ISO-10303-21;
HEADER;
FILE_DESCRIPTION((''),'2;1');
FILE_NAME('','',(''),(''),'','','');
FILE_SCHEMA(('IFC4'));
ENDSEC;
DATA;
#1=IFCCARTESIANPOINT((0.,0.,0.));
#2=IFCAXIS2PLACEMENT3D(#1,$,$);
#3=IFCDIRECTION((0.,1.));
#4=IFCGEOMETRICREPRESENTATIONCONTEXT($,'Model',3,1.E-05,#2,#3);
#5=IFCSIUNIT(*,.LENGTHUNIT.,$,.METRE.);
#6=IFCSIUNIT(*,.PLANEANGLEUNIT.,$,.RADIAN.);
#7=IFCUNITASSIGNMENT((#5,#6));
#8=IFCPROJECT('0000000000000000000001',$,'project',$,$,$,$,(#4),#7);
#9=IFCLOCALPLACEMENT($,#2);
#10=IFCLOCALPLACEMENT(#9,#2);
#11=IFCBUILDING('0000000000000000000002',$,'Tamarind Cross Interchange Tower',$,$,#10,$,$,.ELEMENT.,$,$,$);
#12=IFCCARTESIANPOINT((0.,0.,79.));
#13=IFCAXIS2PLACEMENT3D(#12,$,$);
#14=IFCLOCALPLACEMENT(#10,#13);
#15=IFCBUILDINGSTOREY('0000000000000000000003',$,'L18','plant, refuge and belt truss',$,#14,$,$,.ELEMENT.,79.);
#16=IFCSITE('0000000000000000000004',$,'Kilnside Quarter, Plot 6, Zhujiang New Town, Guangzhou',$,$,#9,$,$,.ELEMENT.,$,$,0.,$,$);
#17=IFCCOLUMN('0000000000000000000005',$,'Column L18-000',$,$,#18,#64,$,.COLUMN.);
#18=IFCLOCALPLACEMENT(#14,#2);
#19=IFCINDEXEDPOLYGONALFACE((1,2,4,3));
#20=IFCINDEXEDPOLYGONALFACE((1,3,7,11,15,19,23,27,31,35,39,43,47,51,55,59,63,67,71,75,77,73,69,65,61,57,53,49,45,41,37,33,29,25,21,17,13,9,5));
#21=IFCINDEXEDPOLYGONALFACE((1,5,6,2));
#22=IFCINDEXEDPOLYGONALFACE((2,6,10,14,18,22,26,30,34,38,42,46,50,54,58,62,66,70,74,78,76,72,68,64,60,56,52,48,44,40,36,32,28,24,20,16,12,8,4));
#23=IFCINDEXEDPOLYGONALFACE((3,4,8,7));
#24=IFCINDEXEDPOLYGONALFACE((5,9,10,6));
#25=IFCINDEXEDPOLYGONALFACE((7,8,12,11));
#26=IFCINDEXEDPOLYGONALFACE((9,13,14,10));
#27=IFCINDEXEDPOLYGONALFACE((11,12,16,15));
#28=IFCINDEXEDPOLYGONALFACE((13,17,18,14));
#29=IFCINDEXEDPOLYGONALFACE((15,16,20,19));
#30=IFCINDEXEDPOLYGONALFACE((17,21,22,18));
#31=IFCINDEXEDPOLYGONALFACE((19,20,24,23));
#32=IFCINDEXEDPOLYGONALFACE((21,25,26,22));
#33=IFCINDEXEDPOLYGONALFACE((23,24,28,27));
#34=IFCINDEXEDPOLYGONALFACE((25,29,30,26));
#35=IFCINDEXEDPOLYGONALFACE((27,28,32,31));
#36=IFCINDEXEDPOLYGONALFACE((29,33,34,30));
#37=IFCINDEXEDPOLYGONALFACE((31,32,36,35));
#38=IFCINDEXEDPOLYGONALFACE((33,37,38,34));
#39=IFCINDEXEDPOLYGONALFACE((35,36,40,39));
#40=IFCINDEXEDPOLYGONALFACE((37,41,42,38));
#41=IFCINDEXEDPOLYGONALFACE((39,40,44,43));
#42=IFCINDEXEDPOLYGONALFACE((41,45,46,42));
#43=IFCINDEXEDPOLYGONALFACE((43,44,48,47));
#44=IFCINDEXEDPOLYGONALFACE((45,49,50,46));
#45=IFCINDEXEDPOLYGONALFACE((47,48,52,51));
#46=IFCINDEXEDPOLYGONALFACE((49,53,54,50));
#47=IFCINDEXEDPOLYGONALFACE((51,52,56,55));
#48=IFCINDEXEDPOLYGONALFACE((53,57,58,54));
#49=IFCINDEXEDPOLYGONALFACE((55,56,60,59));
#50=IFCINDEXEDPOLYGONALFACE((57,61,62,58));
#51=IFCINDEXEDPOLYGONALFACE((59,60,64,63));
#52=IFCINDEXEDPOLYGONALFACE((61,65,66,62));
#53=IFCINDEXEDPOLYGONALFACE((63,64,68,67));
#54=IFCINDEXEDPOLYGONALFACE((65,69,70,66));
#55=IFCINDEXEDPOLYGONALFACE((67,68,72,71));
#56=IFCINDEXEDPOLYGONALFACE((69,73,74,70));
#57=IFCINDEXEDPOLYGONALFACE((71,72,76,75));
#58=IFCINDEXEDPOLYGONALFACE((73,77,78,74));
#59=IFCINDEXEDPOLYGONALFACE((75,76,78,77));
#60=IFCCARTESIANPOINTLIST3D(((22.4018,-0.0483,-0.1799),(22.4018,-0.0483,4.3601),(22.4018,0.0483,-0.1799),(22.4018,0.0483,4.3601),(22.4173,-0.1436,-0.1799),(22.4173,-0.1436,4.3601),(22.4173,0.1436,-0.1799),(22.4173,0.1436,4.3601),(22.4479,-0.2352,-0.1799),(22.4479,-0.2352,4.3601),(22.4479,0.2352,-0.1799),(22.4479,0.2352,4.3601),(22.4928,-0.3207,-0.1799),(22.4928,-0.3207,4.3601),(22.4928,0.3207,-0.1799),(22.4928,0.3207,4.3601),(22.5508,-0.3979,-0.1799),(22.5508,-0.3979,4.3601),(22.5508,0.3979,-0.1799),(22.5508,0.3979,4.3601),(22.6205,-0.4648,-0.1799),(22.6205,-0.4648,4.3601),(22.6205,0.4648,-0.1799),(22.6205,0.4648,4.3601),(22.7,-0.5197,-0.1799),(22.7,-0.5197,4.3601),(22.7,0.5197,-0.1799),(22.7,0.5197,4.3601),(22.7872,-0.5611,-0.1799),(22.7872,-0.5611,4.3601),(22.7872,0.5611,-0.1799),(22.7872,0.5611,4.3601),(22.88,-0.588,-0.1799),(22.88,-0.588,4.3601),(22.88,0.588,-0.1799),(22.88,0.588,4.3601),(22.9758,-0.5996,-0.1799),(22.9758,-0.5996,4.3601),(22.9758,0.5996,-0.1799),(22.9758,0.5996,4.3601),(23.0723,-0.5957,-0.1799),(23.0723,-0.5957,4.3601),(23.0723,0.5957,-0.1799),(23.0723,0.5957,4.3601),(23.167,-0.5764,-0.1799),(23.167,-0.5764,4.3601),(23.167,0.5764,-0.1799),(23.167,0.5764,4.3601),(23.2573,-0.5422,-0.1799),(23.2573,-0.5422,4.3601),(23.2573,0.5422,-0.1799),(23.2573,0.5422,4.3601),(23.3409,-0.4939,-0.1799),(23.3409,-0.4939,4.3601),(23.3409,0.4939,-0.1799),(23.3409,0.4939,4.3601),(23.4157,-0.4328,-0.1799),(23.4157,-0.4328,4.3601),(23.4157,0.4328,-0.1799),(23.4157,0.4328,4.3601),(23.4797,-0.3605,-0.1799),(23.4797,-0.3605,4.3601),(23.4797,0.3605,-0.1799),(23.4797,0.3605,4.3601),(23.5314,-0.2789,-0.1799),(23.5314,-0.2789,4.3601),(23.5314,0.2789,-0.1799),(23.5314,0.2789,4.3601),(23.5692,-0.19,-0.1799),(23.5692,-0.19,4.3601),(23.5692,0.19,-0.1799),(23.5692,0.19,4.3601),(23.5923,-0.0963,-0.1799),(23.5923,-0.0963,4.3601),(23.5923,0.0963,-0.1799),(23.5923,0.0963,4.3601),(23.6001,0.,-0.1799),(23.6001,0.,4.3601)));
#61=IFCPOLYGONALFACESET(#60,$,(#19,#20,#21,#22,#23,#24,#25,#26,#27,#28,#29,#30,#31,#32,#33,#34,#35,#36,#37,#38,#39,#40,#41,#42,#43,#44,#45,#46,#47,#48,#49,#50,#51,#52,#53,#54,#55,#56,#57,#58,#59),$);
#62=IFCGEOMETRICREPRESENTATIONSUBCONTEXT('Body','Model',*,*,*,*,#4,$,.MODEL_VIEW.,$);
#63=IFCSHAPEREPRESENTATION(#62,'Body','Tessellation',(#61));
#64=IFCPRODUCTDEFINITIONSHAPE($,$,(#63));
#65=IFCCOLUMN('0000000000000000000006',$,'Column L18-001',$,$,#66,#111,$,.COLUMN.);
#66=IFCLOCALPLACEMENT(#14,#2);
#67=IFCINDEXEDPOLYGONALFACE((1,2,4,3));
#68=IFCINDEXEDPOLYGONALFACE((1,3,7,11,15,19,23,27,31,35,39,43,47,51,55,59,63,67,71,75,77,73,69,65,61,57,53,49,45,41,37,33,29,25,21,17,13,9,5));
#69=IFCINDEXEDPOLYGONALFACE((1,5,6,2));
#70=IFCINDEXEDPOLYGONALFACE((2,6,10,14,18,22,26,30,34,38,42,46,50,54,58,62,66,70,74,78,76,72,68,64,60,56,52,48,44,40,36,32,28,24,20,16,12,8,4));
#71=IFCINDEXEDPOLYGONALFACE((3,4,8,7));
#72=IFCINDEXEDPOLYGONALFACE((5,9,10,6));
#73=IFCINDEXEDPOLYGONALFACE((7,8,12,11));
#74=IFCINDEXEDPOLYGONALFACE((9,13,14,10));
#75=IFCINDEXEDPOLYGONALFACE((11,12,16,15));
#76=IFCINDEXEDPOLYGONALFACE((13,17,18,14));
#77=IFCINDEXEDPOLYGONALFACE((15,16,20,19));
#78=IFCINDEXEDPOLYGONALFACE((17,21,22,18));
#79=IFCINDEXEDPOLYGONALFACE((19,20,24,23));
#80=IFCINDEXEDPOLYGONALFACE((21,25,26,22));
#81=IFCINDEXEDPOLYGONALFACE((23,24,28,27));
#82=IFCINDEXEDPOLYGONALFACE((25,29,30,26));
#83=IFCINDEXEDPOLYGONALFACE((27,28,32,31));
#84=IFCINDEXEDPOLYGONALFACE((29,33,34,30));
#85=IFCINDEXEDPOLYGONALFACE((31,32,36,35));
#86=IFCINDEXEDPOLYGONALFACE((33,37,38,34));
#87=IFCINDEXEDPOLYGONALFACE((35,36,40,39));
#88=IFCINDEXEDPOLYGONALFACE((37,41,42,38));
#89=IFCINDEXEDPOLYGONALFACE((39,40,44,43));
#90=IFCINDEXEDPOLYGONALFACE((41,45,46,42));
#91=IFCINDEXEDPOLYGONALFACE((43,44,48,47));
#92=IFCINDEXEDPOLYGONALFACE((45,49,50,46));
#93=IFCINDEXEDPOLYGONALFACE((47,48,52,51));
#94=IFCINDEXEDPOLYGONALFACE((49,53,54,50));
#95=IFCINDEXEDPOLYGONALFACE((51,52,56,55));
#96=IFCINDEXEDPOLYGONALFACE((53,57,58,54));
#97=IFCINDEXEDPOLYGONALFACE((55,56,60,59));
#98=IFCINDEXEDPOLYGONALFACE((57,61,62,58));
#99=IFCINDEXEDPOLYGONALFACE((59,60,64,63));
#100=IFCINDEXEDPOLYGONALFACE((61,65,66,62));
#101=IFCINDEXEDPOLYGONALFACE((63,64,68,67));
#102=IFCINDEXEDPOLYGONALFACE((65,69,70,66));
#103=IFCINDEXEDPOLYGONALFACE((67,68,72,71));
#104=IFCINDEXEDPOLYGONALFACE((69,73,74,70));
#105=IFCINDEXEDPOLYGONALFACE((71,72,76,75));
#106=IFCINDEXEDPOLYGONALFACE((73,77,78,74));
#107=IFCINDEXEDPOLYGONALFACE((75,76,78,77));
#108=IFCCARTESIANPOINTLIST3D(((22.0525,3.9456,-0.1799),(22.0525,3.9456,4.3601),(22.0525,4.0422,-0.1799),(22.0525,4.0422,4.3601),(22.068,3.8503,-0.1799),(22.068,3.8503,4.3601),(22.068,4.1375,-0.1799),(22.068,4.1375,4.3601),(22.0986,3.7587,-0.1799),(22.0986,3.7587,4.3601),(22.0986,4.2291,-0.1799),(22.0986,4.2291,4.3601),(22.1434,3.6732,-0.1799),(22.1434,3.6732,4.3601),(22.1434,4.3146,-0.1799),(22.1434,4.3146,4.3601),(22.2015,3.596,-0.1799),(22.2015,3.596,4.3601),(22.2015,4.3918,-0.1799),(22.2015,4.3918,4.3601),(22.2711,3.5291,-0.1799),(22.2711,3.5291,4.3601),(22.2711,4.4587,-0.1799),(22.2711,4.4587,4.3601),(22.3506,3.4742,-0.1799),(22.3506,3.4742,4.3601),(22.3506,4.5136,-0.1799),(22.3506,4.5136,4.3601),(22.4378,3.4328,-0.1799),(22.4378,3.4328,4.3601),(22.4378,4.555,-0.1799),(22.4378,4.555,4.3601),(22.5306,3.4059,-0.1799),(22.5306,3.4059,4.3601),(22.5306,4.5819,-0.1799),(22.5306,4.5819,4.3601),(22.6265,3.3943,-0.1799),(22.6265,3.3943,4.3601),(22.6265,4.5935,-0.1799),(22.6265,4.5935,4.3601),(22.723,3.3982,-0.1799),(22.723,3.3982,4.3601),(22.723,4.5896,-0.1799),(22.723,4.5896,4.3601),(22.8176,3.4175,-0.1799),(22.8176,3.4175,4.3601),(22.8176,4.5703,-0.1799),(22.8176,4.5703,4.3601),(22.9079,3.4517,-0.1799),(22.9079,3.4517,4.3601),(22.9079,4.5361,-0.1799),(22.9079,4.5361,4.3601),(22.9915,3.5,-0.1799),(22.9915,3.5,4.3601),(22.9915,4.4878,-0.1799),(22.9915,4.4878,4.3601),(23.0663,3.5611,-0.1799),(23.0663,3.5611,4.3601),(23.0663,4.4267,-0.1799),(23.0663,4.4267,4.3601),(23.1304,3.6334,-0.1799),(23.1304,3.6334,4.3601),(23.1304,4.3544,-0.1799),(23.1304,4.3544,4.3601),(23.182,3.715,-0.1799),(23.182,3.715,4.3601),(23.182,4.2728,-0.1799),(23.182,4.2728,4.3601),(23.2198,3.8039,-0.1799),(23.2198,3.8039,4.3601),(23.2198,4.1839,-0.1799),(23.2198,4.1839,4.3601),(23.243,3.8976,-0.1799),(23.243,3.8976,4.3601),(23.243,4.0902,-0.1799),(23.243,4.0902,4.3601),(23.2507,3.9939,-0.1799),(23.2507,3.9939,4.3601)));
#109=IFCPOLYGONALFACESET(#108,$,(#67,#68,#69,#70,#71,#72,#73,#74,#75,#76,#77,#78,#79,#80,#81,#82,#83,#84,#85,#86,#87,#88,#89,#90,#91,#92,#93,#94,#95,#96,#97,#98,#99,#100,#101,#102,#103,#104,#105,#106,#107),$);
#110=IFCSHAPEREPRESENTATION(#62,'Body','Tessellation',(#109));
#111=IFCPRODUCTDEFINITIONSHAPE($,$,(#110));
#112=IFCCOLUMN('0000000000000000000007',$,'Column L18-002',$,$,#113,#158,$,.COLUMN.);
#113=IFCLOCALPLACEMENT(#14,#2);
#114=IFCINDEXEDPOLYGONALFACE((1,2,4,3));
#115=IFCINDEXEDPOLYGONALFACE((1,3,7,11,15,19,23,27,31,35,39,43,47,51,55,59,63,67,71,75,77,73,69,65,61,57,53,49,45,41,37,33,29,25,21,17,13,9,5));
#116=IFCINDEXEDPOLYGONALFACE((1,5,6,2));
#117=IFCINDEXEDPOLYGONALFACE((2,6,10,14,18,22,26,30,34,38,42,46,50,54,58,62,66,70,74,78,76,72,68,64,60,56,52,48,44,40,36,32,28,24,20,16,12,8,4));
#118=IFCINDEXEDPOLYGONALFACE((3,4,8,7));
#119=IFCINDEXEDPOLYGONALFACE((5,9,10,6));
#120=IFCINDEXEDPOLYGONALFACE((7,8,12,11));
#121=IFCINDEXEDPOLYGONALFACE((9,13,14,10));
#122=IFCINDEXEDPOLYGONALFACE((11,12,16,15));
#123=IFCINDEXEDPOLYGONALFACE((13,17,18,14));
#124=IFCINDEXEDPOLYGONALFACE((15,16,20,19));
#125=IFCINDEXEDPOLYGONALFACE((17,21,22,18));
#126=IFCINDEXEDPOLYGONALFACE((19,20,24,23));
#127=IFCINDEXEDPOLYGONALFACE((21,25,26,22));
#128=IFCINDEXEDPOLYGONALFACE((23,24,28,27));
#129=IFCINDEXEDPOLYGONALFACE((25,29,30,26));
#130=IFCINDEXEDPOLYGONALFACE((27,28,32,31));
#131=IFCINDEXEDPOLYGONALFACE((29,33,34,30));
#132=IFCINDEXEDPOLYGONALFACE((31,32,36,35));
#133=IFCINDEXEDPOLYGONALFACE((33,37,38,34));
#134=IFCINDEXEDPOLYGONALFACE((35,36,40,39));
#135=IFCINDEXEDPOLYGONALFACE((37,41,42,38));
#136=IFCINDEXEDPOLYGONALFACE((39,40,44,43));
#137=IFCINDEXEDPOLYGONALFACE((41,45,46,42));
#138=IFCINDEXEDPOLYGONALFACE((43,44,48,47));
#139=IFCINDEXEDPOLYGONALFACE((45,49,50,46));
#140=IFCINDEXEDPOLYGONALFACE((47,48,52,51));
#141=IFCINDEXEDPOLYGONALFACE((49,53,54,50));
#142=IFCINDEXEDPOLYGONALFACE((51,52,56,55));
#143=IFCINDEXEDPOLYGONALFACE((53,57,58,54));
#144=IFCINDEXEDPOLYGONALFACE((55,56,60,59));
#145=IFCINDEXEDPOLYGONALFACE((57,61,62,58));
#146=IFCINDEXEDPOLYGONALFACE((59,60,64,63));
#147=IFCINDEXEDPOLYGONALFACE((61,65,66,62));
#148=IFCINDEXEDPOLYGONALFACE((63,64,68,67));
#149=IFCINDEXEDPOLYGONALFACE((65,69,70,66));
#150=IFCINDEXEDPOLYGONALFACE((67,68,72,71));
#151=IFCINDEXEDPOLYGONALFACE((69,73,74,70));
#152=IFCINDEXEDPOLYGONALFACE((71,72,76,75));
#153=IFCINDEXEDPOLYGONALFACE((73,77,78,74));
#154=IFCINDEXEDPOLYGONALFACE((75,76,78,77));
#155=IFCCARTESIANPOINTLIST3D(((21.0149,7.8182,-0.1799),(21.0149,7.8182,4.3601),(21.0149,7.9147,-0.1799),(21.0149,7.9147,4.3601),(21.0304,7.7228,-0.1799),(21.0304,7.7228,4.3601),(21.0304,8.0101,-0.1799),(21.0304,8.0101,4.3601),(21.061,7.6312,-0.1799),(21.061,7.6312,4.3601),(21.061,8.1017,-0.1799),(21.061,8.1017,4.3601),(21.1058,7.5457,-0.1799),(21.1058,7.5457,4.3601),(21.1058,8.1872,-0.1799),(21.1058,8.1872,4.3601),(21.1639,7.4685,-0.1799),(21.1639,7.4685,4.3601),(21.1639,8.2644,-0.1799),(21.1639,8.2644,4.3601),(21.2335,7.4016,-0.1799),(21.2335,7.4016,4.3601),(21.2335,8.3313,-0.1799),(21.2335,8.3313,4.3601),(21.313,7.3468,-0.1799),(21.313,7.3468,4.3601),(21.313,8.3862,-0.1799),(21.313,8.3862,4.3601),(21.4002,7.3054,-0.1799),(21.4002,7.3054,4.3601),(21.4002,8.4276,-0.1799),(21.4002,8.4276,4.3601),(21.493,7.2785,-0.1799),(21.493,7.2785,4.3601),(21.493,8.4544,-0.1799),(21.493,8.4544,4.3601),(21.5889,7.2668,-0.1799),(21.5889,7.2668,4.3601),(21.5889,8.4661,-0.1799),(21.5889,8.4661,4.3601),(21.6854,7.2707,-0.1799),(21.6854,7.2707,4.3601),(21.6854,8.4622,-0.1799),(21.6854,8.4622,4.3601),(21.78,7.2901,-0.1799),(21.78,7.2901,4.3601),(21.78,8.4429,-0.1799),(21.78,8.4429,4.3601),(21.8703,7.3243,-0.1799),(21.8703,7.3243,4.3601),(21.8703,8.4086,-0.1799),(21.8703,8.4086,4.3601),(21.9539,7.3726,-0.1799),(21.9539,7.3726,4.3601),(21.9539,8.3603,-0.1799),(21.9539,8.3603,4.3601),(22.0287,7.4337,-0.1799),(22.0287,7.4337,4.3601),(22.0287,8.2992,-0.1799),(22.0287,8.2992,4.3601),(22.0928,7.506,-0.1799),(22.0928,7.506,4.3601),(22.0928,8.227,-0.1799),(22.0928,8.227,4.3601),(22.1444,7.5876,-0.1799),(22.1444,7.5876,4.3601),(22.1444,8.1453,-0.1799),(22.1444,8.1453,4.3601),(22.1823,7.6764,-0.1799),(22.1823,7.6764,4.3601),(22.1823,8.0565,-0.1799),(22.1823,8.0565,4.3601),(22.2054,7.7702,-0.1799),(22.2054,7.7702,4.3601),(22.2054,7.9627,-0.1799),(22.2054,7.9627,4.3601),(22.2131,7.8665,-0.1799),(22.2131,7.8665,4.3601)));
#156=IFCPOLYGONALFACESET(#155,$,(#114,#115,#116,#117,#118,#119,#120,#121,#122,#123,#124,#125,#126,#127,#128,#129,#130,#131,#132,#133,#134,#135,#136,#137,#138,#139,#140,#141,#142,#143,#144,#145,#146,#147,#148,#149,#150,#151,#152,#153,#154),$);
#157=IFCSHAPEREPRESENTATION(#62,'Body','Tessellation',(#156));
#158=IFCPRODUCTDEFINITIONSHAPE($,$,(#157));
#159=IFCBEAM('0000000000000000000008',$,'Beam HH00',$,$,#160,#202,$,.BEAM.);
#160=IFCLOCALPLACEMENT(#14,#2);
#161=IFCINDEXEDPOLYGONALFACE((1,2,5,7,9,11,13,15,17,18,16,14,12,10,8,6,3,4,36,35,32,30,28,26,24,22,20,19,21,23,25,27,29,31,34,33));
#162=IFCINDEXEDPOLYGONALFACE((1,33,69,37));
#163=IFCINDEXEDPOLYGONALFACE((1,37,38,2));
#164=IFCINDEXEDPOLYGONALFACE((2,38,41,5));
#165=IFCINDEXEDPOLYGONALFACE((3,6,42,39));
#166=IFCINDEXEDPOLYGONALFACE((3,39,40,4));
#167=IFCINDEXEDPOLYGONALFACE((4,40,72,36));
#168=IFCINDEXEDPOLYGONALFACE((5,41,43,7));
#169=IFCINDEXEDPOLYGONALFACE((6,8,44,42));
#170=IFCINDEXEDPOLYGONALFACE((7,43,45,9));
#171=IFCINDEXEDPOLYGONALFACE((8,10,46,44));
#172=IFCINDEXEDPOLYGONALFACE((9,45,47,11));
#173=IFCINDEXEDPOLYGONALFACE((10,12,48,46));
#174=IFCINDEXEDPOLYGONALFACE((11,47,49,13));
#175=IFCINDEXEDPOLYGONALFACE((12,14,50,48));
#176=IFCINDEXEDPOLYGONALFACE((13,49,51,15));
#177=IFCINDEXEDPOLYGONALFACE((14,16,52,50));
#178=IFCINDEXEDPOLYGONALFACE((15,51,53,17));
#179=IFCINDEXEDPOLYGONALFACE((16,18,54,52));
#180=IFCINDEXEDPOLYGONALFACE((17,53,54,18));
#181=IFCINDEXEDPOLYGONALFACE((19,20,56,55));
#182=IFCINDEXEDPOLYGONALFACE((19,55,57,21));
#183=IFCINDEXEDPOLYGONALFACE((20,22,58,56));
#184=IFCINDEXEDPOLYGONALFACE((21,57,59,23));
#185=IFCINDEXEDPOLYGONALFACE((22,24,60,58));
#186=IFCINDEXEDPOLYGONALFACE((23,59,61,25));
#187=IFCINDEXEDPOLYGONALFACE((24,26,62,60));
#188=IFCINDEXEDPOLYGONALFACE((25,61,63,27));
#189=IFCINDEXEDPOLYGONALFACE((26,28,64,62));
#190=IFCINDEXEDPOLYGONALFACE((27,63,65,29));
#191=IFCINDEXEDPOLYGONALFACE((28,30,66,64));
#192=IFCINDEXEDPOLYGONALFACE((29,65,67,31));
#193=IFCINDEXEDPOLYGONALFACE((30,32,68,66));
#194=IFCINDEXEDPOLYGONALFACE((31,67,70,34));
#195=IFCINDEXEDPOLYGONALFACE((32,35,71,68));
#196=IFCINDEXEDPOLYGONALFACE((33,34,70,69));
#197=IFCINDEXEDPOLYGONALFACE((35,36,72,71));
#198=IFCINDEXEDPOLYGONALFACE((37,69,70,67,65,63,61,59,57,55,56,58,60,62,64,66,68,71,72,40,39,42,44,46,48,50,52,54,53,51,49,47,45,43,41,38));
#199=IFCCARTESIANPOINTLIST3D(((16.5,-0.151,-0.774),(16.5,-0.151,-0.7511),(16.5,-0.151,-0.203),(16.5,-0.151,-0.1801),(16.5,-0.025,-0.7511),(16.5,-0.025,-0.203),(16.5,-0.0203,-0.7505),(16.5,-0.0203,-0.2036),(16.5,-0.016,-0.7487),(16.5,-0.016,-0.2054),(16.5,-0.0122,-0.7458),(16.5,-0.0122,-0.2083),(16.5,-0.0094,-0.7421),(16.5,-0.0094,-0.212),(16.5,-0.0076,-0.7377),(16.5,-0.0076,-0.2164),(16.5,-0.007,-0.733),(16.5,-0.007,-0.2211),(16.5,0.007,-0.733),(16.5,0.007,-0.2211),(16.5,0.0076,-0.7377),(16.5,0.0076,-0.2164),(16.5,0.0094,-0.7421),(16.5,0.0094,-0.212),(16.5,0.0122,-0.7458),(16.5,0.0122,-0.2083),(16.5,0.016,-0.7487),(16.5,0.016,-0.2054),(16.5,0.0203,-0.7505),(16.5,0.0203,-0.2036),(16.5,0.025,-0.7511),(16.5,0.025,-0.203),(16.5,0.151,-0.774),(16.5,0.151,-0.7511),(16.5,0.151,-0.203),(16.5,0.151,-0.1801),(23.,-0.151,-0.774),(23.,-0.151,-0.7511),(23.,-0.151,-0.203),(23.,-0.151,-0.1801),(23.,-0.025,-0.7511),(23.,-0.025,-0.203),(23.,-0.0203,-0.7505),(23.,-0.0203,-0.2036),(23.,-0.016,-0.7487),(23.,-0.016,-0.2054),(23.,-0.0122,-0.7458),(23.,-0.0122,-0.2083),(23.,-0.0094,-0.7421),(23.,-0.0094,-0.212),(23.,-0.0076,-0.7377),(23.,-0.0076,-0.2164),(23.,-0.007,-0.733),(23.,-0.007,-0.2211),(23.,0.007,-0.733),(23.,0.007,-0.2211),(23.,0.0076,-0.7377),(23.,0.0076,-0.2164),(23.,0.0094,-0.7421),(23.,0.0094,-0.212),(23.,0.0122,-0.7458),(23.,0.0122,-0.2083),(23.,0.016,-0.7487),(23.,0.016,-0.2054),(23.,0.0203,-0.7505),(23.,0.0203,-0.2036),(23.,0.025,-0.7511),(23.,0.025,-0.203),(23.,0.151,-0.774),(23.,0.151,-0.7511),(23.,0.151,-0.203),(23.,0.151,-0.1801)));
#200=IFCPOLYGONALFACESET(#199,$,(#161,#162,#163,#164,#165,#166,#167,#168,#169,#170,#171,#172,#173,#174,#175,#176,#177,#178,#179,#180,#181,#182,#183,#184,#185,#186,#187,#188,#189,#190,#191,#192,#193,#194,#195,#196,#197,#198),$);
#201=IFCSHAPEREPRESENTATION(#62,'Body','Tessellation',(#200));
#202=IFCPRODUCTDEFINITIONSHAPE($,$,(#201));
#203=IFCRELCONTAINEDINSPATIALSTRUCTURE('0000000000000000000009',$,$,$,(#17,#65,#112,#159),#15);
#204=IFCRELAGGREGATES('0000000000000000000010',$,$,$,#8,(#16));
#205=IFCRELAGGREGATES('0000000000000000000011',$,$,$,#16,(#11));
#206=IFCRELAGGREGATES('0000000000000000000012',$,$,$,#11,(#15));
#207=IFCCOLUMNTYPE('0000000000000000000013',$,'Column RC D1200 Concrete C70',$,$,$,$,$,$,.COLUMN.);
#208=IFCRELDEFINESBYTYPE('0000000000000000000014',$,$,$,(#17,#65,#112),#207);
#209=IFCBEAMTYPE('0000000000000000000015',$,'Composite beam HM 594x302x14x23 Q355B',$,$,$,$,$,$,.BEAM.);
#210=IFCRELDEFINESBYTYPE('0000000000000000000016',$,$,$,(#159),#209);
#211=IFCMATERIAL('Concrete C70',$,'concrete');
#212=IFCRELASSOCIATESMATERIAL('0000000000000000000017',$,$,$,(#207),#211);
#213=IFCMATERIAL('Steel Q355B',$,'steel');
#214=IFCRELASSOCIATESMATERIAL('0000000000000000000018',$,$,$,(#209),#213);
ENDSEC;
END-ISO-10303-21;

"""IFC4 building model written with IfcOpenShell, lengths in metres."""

from ifc_helpers import new_model, si_unit, direction, frame, origin, origin_2d, place, context, subcontext, project, spatial, circle, i_section, extrude, material, material_profile, profile_set, type_object, element, save


model = new_model("IFC4")

# Units and contexts
model_context = context("Model", 3, precision=1e-05, world=origin(), true_north=direction((0.0, 1.0)))
body_context = subcontext(model_context, "Body", "Model", "MODEL_VIEW")
ifc_project = project(units=[si_unit("LENGTHUNIT", "METRE"), si_unit("PLANEANGLEUNIT", "RADIAN")], contexts=[model_context])

# Site, building, storey
site_placement = place(None, origin())
site = spatial("IfcSite", under=ifc_project, at=site_placement, Name="Kilnside Quarter, Plot 6, Zhujiang New Town, Guangzhou", CompositionType="ELEMENT", RefElevation=0.0)
building_placement = place(site_placement, origin())
building = spatial("IfcBuilding", under=site, at=building_placement, Name="Tamarind Cross Interchange Tower", CompositionType="ELEMENT")
storey_placement = place(building_placement, frame((0.0, 0.0, 79.0)))
storey = spatial("IfcBuildingStorey", under=building, at=storey_placement, Name="L18", Description="plant, refuge and belt truss", CompositionType="ELEMENT", Elevation=79.0)

# Columns
ifc_material_1 = material(Name="Concrete C70", Category="concrete")
ifc_material_profile_1 = material_profile(ifc_material_1, circle(Radius=0.6001, at=origin_2d()), Name="RC D1200")
ifc_profile_set_1 = profile_set([ifc_material_profile_1], Name="Concrete C70")
column_type = type_object("IfcColumnType", Name="Column RC D1200 Concrete C70", PredefinedType="COLUMN", material=ifc_profile_set_1)
for number, where, z_axis, x_axis, name in (
    (1, (23.0, 0.0, -0.1799), (0.0, 0.0, 1.0), (1.0, 0.0, 0.0), "Column L18-000"),
    (2, (22.6506, 3.9939, -0.1799), (0.0, 0.0, 1.0), (1.0, 0.0, 0.0), "Column L18-001"),
    (3, (21.613, 7.8665, -0.1799), (0.0, 0.0, 1.0), (1.0, 0.0, 0.0), "Column L18-002"),
):
    element("IfcColumn", number, at=place(storey_placement, frame(where, z_axis=z_axis, x_axis=x_axis)), inside=storey, type_object=column_type, Name=name, PredefinedType="COLUMN", context=body_context, shape_type="SweptSolid", body=[
        extrude(circle(Radius=0.6001, at=origin_2d()), origin(), (0.0, 0.0, 1.0), 4.54),
    ])

# Beam
ifc_material_2 = material(Name="Steel Q355B", Category="steel")
ifc_material_profile_2 = material_profile(ifc_material_2, i_section(OverallWidth=0.302, OverallDepth=0.594, WebThickness=0.0139, FlangeThickness=0.0229, FilletRadius=0.0181, at=origin_2d()), Name="HM 594x302x14x23")
ifc_profile_set_2 = profile_set([ifc_material_profile_2], Name="Steel Q355B")
beam_type = type_object("IfcBeamType", Name="Composite beam HM 594x302x14x23 Q355B", PredefinedType="BEAM", material=ifc_profile_set_2)
beam_1_placement = place(storey_placement, frame((23.0, 0.0, -0.4771), z_axis=(-1.0, 0.0, 0.0), x_axis=(0.0, -1.0, 0.0)))
element("IfcBeam", 4, at=beam_1_placement, inside=storey, type_object=beam_type, Name="Beam HH00", PredefinedType="BEAM", context=body_context, shape_type="SweptSolid", body=[
    extrude(i_section(OverallWidth=0.302, OverallDepth=0.594, WebThickness=0.0139, FlangeThickness=0.0229, FilletRadius=0.0181, at=origin_2d()), origin(), (0.0, 0.0, 1.0), 6.5),
])

save(model, "model.ifc")
